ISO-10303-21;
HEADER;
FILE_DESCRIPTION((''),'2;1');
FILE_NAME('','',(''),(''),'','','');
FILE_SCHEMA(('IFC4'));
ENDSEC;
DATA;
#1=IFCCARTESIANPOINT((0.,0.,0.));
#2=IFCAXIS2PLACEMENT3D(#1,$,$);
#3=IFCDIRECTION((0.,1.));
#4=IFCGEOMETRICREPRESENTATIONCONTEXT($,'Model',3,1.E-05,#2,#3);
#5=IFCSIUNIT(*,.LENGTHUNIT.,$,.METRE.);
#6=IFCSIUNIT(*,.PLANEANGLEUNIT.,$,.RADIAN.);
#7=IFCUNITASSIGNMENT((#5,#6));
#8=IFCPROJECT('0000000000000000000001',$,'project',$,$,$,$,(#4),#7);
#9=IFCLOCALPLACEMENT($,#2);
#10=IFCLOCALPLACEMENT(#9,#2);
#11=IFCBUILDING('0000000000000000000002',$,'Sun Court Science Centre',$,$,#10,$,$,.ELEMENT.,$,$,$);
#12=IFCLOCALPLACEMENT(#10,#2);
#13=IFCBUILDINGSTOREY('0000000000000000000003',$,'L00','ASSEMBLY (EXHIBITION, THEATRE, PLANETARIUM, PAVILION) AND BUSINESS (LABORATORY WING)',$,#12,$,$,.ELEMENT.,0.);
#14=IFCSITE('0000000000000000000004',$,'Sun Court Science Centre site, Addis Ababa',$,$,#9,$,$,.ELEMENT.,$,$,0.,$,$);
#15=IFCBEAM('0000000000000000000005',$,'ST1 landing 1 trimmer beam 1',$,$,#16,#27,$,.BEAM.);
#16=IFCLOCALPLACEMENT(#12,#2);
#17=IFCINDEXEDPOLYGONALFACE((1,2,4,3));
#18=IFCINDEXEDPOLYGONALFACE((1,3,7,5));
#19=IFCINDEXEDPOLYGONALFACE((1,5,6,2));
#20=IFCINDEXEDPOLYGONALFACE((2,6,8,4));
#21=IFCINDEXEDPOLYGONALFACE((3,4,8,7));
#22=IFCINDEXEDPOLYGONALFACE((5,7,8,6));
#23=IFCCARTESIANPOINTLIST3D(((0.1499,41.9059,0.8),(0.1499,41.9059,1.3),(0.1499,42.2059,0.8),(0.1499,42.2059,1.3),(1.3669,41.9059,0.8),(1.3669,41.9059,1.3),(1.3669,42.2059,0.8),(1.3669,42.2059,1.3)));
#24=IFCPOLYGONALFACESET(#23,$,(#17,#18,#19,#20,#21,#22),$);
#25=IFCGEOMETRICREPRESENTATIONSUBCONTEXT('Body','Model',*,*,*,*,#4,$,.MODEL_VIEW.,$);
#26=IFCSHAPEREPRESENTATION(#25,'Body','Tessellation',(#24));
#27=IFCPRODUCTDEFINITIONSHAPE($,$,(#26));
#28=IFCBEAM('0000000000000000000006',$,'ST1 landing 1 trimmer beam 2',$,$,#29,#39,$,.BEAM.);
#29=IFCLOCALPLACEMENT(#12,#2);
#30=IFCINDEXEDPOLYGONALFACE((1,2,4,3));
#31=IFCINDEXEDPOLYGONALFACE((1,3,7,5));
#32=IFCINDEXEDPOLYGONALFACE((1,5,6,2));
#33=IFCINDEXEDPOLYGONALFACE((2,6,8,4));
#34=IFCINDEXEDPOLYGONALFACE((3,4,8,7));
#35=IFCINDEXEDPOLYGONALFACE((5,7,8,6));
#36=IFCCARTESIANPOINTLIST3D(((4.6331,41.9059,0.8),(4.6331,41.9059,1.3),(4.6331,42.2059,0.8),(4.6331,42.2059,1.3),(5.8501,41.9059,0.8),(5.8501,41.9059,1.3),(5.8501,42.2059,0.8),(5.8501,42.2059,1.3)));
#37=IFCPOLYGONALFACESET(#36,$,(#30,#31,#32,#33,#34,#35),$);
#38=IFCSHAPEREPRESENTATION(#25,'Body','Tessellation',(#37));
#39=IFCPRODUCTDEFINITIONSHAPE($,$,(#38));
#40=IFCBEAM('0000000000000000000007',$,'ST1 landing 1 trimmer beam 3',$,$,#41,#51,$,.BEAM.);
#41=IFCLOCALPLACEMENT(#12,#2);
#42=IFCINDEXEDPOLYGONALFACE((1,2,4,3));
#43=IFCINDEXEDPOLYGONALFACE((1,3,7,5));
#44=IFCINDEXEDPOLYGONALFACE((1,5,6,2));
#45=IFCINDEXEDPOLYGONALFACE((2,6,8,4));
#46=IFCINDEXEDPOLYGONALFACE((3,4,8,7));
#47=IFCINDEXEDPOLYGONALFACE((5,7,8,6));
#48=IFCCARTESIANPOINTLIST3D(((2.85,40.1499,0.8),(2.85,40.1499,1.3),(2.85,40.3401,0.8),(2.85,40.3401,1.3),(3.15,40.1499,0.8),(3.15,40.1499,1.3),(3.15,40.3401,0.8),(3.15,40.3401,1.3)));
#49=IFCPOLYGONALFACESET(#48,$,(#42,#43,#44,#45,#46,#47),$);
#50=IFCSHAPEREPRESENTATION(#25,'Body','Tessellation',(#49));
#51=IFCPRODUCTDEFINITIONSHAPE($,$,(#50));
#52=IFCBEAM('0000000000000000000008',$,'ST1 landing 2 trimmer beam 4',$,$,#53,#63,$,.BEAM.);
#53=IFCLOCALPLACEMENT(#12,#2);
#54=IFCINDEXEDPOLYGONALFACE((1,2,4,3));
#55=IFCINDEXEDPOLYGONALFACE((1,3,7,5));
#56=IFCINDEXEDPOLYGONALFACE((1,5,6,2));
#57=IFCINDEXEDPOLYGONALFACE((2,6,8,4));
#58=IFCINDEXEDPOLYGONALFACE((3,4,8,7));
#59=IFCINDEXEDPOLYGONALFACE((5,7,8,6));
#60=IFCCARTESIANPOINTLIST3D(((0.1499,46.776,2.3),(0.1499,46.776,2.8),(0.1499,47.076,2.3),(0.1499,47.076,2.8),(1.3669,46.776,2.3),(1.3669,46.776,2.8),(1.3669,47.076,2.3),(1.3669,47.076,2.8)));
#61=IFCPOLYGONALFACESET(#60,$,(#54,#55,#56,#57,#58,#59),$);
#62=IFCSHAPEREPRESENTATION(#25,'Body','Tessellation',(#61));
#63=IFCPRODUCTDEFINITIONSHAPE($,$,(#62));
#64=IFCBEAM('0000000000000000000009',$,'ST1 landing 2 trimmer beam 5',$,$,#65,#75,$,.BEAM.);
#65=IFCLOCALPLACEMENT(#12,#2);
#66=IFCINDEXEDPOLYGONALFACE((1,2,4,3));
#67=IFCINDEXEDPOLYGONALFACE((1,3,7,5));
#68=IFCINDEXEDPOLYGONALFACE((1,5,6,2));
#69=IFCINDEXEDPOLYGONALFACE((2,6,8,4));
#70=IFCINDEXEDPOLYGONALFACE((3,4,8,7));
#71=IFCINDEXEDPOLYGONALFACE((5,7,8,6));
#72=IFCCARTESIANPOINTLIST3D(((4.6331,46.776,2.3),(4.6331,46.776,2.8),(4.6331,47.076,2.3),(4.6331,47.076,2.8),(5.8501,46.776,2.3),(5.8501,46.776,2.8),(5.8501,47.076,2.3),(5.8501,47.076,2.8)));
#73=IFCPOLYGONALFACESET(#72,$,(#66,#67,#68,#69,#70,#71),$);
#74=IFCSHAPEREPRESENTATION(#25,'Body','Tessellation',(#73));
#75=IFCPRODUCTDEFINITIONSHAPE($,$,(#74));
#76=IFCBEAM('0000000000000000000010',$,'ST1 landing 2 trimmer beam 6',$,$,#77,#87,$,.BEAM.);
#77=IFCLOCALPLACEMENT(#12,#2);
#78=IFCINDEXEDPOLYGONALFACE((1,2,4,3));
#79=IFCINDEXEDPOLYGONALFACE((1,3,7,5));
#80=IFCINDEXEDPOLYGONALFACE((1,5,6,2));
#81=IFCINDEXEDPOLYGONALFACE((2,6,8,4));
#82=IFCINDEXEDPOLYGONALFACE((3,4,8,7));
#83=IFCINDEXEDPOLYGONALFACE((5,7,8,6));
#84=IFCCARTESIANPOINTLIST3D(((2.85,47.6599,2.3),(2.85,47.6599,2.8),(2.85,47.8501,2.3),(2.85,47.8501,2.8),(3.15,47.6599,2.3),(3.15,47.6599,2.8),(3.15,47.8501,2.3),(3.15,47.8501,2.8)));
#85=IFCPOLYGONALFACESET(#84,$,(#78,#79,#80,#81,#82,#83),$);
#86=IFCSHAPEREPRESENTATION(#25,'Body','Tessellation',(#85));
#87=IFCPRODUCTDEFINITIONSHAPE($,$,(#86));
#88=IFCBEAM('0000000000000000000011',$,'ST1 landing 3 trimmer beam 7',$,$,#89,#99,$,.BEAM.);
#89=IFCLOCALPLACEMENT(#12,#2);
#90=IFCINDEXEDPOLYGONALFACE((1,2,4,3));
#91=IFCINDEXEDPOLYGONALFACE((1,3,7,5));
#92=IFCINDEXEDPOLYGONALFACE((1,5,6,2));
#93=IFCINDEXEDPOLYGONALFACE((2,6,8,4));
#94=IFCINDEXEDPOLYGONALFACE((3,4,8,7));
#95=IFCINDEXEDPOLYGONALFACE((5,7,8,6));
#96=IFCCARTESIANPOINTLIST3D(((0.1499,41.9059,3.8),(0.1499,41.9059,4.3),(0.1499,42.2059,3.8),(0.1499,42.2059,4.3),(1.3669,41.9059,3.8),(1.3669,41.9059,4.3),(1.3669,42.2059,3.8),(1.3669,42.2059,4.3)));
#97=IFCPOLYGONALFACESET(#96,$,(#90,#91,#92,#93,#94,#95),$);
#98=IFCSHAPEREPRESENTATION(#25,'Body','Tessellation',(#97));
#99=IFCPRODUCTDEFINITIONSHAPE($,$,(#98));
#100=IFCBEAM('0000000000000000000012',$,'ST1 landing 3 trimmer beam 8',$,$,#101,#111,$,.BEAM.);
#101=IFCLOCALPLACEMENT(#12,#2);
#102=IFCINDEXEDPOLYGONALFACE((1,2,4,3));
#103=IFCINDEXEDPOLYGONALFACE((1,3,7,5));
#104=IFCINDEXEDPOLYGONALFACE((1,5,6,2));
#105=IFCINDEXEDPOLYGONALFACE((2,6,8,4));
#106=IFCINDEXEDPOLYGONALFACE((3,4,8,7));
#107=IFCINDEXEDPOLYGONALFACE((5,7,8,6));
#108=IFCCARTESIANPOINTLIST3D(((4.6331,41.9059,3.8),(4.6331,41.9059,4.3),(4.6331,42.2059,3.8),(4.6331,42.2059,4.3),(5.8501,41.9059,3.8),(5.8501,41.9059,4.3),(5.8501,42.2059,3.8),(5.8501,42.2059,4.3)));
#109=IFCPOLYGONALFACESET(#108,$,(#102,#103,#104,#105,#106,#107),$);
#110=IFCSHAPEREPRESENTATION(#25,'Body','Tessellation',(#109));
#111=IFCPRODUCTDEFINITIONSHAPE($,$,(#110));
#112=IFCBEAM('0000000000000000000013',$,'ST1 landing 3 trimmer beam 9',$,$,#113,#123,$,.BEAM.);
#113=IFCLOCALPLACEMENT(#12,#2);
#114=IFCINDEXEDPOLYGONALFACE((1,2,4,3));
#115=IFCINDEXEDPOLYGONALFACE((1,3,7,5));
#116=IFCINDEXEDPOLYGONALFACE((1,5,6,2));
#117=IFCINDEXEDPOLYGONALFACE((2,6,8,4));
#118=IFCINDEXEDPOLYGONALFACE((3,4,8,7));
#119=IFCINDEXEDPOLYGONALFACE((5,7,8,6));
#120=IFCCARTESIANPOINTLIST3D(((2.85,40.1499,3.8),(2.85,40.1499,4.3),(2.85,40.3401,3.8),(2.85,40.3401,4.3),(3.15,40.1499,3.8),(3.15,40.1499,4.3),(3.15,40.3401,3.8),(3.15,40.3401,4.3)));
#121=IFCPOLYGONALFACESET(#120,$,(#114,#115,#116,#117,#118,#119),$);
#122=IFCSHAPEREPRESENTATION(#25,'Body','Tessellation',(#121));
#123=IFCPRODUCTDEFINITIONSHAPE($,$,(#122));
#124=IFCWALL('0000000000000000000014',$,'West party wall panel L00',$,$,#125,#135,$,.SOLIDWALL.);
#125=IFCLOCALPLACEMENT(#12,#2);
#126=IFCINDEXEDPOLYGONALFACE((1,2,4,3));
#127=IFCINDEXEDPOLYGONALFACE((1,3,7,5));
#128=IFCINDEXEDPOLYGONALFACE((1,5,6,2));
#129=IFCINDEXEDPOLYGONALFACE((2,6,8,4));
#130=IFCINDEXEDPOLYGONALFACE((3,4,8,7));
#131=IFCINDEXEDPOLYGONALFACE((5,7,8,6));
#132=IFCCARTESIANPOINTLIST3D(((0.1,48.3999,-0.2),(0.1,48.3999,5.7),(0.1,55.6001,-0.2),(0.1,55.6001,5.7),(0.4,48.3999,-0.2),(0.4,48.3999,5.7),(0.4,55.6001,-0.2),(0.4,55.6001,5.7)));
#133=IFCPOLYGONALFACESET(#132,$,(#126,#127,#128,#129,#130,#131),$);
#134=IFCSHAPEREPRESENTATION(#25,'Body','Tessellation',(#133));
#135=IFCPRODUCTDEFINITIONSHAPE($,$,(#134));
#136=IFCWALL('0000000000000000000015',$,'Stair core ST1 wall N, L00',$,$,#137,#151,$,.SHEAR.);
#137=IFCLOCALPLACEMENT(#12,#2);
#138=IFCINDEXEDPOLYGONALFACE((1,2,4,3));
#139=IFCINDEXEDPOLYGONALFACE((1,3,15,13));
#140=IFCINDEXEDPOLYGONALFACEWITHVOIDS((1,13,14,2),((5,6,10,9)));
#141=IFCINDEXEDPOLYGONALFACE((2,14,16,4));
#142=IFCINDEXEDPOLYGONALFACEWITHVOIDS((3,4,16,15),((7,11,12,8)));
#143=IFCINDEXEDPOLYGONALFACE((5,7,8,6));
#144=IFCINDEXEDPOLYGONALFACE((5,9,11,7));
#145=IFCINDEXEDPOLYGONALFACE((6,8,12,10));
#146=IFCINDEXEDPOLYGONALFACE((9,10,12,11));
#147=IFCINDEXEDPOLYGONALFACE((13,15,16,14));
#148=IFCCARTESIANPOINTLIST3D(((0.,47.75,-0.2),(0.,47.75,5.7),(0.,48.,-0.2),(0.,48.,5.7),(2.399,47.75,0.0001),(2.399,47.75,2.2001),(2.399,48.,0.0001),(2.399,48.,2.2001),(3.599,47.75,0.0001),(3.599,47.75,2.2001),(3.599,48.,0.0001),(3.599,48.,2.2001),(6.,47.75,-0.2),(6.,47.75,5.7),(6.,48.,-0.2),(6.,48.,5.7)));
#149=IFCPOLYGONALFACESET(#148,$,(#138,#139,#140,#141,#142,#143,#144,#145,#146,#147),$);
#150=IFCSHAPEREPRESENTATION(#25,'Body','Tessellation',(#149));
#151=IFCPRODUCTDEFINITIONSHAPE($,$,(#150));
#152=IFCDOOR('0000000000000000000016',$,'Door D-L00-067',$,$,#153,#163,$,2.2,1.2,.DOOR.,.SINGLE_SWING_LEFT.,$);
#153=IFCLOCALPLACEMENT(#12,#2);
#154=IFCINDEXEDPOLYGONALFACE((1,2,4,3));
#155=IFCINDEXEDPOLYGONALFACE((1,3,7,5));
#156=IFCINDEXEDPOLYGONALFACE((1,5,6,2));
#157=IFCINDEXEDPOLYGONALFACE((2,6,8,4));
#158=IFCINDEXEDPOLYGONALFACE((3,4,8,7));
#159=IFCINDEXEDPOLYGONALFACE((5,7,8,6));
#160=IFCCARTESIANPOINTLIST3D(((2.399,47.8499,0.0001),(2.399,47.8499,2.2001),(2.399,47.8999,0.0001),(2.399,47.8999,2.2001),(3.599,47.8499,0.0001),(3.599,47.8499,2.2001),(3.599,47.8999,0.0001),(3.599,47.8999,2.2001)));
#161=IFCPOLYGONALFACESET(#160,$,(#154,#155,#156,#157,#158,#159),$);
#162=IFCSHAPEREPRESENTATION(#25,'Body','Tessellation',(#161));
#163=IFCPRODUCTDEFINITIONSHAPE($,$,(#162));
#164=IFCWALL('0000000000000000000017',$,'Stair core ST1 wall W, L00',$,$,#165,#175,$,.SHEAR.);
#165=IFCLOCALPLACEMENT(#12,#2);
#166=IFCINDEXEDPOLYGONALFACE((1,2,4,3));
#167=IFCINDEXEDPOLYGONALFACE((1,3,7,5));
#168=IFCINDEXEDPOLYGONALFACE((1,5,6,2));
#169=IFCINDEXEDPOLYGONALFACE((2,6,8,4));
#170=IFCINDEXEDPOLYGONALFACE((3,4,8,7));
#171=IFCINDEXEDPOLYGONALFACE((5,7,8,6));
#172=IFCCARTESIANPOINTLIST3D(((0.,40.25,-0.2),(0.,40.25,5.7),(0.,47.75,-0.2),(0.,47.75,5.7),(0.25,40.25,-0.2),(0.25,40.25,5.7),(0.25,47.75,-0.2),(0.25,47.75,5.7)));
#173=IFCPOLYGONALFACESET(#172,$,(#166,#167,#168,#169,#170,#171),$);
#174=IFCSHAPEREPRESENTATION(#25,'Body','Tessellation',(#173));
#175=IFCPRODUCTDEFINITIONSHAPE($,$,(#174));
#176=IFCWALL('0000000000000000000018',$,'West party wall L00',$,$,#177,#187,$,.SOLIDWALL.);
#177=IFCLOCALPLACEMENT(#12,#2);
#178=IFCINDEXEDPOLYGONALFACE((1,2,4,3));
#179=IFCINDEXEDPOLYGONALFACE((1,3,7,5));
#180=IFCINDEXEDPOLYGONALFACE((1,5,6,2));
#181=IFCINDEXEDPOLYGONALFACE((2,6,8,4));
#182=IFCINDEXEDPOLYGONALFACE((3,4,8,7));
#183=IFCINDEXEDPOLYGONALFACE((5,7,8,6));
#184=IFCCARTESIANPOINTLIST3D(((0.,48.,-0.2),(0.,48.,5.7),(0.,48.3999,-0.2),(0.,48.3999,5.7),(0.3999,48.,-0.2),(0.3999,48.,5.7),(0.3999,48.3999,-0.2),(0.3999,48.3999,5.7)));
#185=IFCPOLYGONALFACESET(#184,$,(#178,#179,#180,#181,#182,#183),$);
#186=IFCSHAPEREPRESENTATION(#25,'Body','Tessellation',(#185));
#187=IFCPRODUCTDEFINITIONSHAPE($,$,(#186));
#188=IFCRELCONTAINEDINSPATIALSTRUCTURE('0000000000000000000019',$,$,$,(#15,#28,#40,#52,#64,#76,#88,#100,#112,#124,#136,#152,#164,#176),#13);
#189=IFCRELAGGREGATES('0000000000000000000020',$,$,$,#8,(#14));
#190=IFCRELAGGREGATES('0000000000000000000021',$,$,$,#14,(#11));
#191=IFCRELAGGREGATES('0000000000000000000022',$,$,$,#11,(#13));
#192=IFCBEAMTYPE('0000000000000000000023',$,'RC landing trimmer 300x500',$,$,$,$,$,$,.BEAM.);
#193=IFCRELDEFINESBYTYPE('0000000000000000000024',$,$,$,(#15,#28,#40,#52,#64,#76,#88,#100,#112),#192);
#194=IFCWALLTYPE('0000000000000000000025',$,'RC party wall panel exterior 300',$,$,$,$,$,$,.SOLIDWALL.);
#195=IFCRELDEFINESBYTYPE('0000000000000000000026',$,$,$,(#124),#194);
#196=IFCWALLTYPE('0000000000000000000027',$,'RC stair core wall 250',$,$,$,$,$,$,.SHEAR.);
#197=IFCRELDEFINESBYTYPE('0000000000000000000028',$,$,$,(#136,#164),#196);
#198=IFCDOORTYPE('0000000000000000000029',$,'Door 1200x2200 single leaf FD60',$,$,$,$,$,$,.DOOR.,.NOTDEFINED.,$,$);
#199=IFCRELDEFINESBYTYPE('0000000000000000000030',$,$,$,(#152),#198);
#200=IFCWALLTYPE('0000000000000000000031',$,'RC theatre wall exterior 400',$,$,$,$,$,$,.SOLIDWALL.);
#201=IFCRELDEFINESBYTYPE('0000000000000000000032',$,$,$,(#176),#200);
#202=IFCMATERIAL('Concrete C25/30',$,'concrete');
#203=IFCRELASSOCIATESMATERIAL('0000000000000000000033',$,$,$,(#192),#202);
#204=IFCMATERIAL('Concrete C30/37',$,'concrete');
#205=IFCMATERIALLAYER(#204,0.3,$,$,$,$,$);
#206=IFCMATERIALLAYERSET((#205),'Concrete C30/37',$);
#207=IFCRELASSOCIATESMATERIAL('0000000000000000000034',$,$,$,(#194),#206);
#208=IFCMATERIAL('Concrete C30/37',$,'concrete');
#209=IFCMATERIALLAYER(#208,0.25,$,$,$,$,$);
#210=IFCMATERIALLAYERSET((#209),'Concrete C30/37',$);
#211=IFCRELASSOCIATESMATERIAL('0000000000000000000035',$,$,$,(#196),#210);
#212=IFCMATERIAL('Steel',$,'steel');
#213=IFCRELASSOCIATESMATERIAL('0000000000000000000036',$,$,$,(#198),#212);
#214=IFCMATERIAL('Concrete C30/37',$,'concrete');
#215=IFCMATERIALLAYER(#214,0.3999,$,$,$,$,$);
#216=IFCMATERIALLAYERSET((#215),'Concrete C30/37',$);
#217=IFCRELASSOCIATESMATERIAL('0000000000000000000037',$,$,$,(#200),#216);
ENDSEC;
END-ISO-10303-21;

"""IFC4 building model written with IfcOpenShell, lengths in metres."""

from ifc_helpers import new_model, si_unit, direction, frame, frame_2d, origin, origin_2d, place, context, subcontext, project, spatial, rectangle, extrude, material, layer, layer_set, material_profile, profile_set, type_object, element, fill, save


model = new_model("IFC4")

# Units and contexts
model_context = context("Model", 3, precision=1e-05, world=origin(), true_north=direction((0.0, 1.0)))
body_context = subcontext(model_context, "Body", "Model", "MODEL_VIEW")
ifc_project = project(units=[si_unit("LENGTHUNIT", "METRE"), si_unit("PLANEANGLEUNIT", "RADIAN")], contexts=[model_context])

# Site, building, storey
site_placement = place(None, origin())
site = spatial("IfcSite", under=ifc_project, at=site_placement, Name="Sun Court Science Centre site, Addis Ababa", CompositionType="ELEMENT", RefElevation=0.0)
building_placement = place(site_placement, origin())
building = spatial("IfcBuilding", under=site, at=building_placement, Name="Sun Court Science Centre", CompositionType="ELEMENT")
storey_placement = place(building_placement, origin())
storey = spatial("IfcBuildingStorey", under=building, at=storey_placement, Name="L00", Description="ASSEMBLY (EXHIBITION, THEATRE, PLANETARIUM, PAVILION) AND BUSINESS (LABORATORY WING)", CompositionType="ELEMENT", Elevation=0.0)

# Beams
ifc_material_1 = material(Name="Concrete C25/30", Category="concrete")
ifc_material_profile = material_profile(ifc_material_1, rectangle(XDim=0.3, YDim=0.5, at=origin_2d()), Name="RC 300x500")
ifc_profile_set = profile_set([ifc_material_profile], Name="Concrete C25/30")
beam_type = type_object("IfcBeamType", Name="RC landing trimmer 300x500", PredefinedType="BEAM", material=ifc_profile_set)
for number, where, z_axis, x_axis, name in (
    (1, (0.1499, 42.0559, 1.05), (1.0, 0.0, 0.0), (0.0, 1.0, 0.0), "ST1 landing 1 trimmer beam 1"),
    (2, (5.8501, 42.0559, 1.05), (-1.0, 0.0, 0.0), (0.0, -1.0, 0.0), "ST1 landing 1 trimmer beam 2"),
):
    element("IfcBeam", number, at=place(storey_placement, frame(where, z_axis=z_axis, x_axis=x_axis)), inside=storey, type_object=beam_type, Name=name, PredefinedType="BEAM", context=body_context, shape_type="SweptSolid", body=[
        extrude(rectangle(XDim=0.3, YDim=0.5, at=origin_2d()), origin(), (0.0, 0.0, 1.0), 1.217),
    ])
beam_1_placement = place(storey_placement, frame((3.0, 40.1499, 1.05), z_axis=(0.0, 1.0, 0.0), x_axis=(-1.0, 0.0, 0.0)))
element("IfcBeam", 3, at=beam_1_placement, inside=storey, type_object=beam_type, Name="ST1 landing 1 trimmer beam 3", PredefinedType="BEAM", context=body_context, shape_type="SweptSolid", body=[
    extrude(rectangle(XDim=0.3, YDim=0.5, at=origin_2d()), origin(), (0.0, 0.0, 1.0), 0.1902),
])
for number, where, z_axis, x_axis, name in (
    (4, (0.1499, 46.926, 2.55), (1.0, 0.0, 0.0), (0.0, 1.0, 0.0), "ST1 landing 2 trimmer beam 4"),
    (5, (5.8501, 46.926, 2.55), (-1.0, 0.0, 0.0), (0.0, -1.0, 0.0), "ST1 landing 2 trimmer beam 5"),
):
    element("IfcBeam", number, at=place(storey_placement, frame(where, z_axis=z_axis, x_axis=x_axis)), inside=storey, type_object=beam_type, Name=name, PredefinedType="BEAM", context=body_context, shape_type="SweptSolid", body=[
        extrude(rectangle(XDim=0.3, YDim=0.5, at=origin_2d()), origin(), (0.0, 0.0, 1.0), 1.217),
    ])
beam_2_placement = place(storey_placement, frame((3.0, 47.8501, 2.55), z_axis=(0.0, -1.0, 0.0), x_axis=(1.0, 0.0, 0.0)))
element("IfcBeam", 6, at=beam_2_placement, inside=storey, type_object=beam_type, Name="ST1 landing 2 trimmer beam 6", PredefinedType="BEAM", context=body_context, shape_type="SweptSolid", body=[
    extrude(rectangle(XDim=0.3, YDim=0.5, at=origin_2d()), origin(), (0.0, 0.0, 1.0), 0.1902),
])
for number, where, z_axis, x_axis, name in (
    (7, (0.1499, 42.0559, 4.05), (1.0, 0.0, 0.0), (0.0, 1.0, 0.0), "ST1 landing 3 trimmer beam 7"),
    (8, (5.8501, 42.0559, 4.05), (-1.0, 0.0, 0.0), (0.0, -1.0, 0.0), "ST1 landing 3 trimmer beam 8"),
):
    element("IfcBeam", number, at=place(storey_placement, frame(where, z_axis=z_axis, x_axis=x_axis)), inside=storey, type_object=beam_type, Name=name, PredefinedType="BEAM", context=body_context, shape_type="SweptSolid", body=[
        extrude(rectangle(XDim=0.3, YDim=0.5, at=origin_2d()), origin(), (0.0, 0.0, 1.0), 1.217),
    ])
beam_3_placement = place(storey_placement, frame((3.0, 40.1499, 4.05), z_axis=(0.0, 1.0, 0.0), x_axis=(-1.0, 0.0, 0.0)))
element("IfcBeam", 9, at=beam_3_placement, inside=storey, type_object=beam_type, Name="ST1 landing 3 trimmer beam 9", PredefinedType="BEAM", context=body_context, shape_type="SweptSolid", body=[
    extrude(rectangle(XDim=0.3, YDim=0.5, at=origin_2d()), origin(), (0.0, 0.0, 1.0), 0.1902),
])

# Wall
ifc_material_2 = material(Name="Concrete C30/37", Category="concrete")
ifc_layer_1 = layer(ifc_material_2, 0.3)
ifc_layer_set_1 = layer_set([ifc_layer_1], Name="Concrete C30/37")
wall_type_1 = type_object("IfcWallType", Name="RC party wall panel exterior 300", PredefinedType="SOLIDWALL", material=ifc_layer_set_1)
wall_1_placement = place(storey_placement, frame((0.25, 48.3999, -0.2), z_axis=(0.0, 0.0, 1.0), x_axis=(0.0, 1.0, 0.0)))
element("IfcWall", 10, at=wall_1_placement, inside=storey, type_object=wall_type_1, Name="West party wall panel L00", PredefinedType="SOLIDWALL", context=body_context, shape_type="SweptSolid", body=[
    extrude(rectangle(XDim=7.2002, YDim=0.3, at=frame_2d((3.6001, 0.0))), origin(), (0.0, 0.0, 1.0), 5.8999),
])

# Wall, opening, door
ifc_material_3 = material(Name="Concrete C30/37", Category="concrete")
ifc_layer_2 = layer(ifc_material_3, 0.25)
ifc_layer_set_2 = layer_set([ifc_layer_2], Name="Concrete C30/37")
wall_type_2 = type_object("IfcWallType", Name="RC stair core wall 250", PredefinedType="SHEAR", material=ifc_layer_set_2)
wall_2_placement = place(storey_placement, frame((0.0, 47.875, -0.2), z_axis=(0.0, 0.0, 1.0), x_axis=(1.0, 0.0, 0.0)))
wall_2 = element("IfcWall", 11, at=wall_2_placement, inside=storey, type_object=wall_type_2, Name="Stair core ST1 wall N, L00", PredefinedType="SHEAR", context=body_context, shape_type="SweptSolid", body=[
    extrude(rectangle(XDim=6.0, YDim=0.25, at=frame_2d((3.0, 0.0))), origin(), (0.0, 0.0, 1.0), 5.8999),
])
opening_placement = place(wall_2_placement, frame((2.3989, 0.0, 0.2)))
opening = element("IfcOpeningElement", 12, at=opening_placement, cuts=wall_2, PredefinedType="OPENING", context=body_context, shape_type="SweptSolid", body=[
    extrude(rectangle(XDim=1.2, YDim=2.2, at=frame_2d((0.6001, 1.1001))), frame((0.0, 0.135, 0.0), z_axis=(0.0, -1.0, 0.0), x_axis=(1.0, 0.0, 0.0)), (0.0, 0.0, 1.0), 0.27),
])
ifc_material_4 = material(Name="Steel", Category="steel")
door_type = type_object("IfcDoorType", Name="Door 1200x2200 single leaf FD60", OperationType="NOTDEFINED", PredefinedType="DOOR", material=ifc_material_4)
door_placement = place(opening_placement, origin())
door = element("IfcDoor", 13, at=door_placement, inside=storey, type_object=door_type, Name="Door D-L00-067", OperationType="SINGLE_SWING_LEFT", OverallHeight=2.2, OverallWidth=1.2, PredefinedType="DOOR", context=body_context, shape_type="SweptSolid", body=[
    extrude(rectangle(XDim=1.2, YDim=2.2, at=frame_2d((0.6001, 1.1001))), frame((0.0, 0.0249, 0.0), z_axis=(0.0, -1.0, 0.0), x_axis=(1.0, 0.0, 0.0)), (0.0, 0.0, 1.0), 0.05),
])
fill(opening, door)

# Walls
wall_3_placement = place(storey_placement, frame((0.125, 40.25, -0.2), z_axis=(0.0, 0.0, 1.0), x_axis=(0.0, 1.0, 0.0)))
element("IfcWall", 14, at=wall_3_placement, inside=storey, type_object=wall_type_2, Name="Stair core ST1 wall W, L00", PredefinedType="SHEAR", context=body_context, shape_type="SweptSolid", body=[
    extrude(rectangle(XDim=7.5, YDim=0.25, at=frame_2d((3.75, 0.0))), origin(), (0.0, 0.0, 1.0), 5.8999),
])
ifc_material_5 = material(Name="Concrete C30/37", Category="concrete")
ifc_layer_3 = layer(ifc_material_5, 0.3999)
ifc_layer_set_3 = layer_set([ifc_layer_3], Name="Concrete C30/37")
wall_type_3 = type_object("IfcWallType", Name="RC theatre wall exterior 400", PredefinedType="SOLIDWALL", material=ifc_layer_set_3)
wall_4_placement = place(storey_placement, frame((0.2, 48.0, -0.2), z_axis=(0.0, 0.0, 1.0), x_axis=(0.0, 1.0, 0.0)))
element("IfcWall", 15, at=wall_4_placement, inside=storey, type_object=wall_type_3, Name="West party wall L00", PredefinedType="SOLIDWALL", context=body_context, shape_type="SweptSolid", body=[
    extrude(rectangle(XDim=0.3999, YDim=0.3999, at=frame_2d((0.2, 0.0))), origin(), (0.0, 0.0, 1.0), 5.8999),
])

save(model, "model.ifc")
